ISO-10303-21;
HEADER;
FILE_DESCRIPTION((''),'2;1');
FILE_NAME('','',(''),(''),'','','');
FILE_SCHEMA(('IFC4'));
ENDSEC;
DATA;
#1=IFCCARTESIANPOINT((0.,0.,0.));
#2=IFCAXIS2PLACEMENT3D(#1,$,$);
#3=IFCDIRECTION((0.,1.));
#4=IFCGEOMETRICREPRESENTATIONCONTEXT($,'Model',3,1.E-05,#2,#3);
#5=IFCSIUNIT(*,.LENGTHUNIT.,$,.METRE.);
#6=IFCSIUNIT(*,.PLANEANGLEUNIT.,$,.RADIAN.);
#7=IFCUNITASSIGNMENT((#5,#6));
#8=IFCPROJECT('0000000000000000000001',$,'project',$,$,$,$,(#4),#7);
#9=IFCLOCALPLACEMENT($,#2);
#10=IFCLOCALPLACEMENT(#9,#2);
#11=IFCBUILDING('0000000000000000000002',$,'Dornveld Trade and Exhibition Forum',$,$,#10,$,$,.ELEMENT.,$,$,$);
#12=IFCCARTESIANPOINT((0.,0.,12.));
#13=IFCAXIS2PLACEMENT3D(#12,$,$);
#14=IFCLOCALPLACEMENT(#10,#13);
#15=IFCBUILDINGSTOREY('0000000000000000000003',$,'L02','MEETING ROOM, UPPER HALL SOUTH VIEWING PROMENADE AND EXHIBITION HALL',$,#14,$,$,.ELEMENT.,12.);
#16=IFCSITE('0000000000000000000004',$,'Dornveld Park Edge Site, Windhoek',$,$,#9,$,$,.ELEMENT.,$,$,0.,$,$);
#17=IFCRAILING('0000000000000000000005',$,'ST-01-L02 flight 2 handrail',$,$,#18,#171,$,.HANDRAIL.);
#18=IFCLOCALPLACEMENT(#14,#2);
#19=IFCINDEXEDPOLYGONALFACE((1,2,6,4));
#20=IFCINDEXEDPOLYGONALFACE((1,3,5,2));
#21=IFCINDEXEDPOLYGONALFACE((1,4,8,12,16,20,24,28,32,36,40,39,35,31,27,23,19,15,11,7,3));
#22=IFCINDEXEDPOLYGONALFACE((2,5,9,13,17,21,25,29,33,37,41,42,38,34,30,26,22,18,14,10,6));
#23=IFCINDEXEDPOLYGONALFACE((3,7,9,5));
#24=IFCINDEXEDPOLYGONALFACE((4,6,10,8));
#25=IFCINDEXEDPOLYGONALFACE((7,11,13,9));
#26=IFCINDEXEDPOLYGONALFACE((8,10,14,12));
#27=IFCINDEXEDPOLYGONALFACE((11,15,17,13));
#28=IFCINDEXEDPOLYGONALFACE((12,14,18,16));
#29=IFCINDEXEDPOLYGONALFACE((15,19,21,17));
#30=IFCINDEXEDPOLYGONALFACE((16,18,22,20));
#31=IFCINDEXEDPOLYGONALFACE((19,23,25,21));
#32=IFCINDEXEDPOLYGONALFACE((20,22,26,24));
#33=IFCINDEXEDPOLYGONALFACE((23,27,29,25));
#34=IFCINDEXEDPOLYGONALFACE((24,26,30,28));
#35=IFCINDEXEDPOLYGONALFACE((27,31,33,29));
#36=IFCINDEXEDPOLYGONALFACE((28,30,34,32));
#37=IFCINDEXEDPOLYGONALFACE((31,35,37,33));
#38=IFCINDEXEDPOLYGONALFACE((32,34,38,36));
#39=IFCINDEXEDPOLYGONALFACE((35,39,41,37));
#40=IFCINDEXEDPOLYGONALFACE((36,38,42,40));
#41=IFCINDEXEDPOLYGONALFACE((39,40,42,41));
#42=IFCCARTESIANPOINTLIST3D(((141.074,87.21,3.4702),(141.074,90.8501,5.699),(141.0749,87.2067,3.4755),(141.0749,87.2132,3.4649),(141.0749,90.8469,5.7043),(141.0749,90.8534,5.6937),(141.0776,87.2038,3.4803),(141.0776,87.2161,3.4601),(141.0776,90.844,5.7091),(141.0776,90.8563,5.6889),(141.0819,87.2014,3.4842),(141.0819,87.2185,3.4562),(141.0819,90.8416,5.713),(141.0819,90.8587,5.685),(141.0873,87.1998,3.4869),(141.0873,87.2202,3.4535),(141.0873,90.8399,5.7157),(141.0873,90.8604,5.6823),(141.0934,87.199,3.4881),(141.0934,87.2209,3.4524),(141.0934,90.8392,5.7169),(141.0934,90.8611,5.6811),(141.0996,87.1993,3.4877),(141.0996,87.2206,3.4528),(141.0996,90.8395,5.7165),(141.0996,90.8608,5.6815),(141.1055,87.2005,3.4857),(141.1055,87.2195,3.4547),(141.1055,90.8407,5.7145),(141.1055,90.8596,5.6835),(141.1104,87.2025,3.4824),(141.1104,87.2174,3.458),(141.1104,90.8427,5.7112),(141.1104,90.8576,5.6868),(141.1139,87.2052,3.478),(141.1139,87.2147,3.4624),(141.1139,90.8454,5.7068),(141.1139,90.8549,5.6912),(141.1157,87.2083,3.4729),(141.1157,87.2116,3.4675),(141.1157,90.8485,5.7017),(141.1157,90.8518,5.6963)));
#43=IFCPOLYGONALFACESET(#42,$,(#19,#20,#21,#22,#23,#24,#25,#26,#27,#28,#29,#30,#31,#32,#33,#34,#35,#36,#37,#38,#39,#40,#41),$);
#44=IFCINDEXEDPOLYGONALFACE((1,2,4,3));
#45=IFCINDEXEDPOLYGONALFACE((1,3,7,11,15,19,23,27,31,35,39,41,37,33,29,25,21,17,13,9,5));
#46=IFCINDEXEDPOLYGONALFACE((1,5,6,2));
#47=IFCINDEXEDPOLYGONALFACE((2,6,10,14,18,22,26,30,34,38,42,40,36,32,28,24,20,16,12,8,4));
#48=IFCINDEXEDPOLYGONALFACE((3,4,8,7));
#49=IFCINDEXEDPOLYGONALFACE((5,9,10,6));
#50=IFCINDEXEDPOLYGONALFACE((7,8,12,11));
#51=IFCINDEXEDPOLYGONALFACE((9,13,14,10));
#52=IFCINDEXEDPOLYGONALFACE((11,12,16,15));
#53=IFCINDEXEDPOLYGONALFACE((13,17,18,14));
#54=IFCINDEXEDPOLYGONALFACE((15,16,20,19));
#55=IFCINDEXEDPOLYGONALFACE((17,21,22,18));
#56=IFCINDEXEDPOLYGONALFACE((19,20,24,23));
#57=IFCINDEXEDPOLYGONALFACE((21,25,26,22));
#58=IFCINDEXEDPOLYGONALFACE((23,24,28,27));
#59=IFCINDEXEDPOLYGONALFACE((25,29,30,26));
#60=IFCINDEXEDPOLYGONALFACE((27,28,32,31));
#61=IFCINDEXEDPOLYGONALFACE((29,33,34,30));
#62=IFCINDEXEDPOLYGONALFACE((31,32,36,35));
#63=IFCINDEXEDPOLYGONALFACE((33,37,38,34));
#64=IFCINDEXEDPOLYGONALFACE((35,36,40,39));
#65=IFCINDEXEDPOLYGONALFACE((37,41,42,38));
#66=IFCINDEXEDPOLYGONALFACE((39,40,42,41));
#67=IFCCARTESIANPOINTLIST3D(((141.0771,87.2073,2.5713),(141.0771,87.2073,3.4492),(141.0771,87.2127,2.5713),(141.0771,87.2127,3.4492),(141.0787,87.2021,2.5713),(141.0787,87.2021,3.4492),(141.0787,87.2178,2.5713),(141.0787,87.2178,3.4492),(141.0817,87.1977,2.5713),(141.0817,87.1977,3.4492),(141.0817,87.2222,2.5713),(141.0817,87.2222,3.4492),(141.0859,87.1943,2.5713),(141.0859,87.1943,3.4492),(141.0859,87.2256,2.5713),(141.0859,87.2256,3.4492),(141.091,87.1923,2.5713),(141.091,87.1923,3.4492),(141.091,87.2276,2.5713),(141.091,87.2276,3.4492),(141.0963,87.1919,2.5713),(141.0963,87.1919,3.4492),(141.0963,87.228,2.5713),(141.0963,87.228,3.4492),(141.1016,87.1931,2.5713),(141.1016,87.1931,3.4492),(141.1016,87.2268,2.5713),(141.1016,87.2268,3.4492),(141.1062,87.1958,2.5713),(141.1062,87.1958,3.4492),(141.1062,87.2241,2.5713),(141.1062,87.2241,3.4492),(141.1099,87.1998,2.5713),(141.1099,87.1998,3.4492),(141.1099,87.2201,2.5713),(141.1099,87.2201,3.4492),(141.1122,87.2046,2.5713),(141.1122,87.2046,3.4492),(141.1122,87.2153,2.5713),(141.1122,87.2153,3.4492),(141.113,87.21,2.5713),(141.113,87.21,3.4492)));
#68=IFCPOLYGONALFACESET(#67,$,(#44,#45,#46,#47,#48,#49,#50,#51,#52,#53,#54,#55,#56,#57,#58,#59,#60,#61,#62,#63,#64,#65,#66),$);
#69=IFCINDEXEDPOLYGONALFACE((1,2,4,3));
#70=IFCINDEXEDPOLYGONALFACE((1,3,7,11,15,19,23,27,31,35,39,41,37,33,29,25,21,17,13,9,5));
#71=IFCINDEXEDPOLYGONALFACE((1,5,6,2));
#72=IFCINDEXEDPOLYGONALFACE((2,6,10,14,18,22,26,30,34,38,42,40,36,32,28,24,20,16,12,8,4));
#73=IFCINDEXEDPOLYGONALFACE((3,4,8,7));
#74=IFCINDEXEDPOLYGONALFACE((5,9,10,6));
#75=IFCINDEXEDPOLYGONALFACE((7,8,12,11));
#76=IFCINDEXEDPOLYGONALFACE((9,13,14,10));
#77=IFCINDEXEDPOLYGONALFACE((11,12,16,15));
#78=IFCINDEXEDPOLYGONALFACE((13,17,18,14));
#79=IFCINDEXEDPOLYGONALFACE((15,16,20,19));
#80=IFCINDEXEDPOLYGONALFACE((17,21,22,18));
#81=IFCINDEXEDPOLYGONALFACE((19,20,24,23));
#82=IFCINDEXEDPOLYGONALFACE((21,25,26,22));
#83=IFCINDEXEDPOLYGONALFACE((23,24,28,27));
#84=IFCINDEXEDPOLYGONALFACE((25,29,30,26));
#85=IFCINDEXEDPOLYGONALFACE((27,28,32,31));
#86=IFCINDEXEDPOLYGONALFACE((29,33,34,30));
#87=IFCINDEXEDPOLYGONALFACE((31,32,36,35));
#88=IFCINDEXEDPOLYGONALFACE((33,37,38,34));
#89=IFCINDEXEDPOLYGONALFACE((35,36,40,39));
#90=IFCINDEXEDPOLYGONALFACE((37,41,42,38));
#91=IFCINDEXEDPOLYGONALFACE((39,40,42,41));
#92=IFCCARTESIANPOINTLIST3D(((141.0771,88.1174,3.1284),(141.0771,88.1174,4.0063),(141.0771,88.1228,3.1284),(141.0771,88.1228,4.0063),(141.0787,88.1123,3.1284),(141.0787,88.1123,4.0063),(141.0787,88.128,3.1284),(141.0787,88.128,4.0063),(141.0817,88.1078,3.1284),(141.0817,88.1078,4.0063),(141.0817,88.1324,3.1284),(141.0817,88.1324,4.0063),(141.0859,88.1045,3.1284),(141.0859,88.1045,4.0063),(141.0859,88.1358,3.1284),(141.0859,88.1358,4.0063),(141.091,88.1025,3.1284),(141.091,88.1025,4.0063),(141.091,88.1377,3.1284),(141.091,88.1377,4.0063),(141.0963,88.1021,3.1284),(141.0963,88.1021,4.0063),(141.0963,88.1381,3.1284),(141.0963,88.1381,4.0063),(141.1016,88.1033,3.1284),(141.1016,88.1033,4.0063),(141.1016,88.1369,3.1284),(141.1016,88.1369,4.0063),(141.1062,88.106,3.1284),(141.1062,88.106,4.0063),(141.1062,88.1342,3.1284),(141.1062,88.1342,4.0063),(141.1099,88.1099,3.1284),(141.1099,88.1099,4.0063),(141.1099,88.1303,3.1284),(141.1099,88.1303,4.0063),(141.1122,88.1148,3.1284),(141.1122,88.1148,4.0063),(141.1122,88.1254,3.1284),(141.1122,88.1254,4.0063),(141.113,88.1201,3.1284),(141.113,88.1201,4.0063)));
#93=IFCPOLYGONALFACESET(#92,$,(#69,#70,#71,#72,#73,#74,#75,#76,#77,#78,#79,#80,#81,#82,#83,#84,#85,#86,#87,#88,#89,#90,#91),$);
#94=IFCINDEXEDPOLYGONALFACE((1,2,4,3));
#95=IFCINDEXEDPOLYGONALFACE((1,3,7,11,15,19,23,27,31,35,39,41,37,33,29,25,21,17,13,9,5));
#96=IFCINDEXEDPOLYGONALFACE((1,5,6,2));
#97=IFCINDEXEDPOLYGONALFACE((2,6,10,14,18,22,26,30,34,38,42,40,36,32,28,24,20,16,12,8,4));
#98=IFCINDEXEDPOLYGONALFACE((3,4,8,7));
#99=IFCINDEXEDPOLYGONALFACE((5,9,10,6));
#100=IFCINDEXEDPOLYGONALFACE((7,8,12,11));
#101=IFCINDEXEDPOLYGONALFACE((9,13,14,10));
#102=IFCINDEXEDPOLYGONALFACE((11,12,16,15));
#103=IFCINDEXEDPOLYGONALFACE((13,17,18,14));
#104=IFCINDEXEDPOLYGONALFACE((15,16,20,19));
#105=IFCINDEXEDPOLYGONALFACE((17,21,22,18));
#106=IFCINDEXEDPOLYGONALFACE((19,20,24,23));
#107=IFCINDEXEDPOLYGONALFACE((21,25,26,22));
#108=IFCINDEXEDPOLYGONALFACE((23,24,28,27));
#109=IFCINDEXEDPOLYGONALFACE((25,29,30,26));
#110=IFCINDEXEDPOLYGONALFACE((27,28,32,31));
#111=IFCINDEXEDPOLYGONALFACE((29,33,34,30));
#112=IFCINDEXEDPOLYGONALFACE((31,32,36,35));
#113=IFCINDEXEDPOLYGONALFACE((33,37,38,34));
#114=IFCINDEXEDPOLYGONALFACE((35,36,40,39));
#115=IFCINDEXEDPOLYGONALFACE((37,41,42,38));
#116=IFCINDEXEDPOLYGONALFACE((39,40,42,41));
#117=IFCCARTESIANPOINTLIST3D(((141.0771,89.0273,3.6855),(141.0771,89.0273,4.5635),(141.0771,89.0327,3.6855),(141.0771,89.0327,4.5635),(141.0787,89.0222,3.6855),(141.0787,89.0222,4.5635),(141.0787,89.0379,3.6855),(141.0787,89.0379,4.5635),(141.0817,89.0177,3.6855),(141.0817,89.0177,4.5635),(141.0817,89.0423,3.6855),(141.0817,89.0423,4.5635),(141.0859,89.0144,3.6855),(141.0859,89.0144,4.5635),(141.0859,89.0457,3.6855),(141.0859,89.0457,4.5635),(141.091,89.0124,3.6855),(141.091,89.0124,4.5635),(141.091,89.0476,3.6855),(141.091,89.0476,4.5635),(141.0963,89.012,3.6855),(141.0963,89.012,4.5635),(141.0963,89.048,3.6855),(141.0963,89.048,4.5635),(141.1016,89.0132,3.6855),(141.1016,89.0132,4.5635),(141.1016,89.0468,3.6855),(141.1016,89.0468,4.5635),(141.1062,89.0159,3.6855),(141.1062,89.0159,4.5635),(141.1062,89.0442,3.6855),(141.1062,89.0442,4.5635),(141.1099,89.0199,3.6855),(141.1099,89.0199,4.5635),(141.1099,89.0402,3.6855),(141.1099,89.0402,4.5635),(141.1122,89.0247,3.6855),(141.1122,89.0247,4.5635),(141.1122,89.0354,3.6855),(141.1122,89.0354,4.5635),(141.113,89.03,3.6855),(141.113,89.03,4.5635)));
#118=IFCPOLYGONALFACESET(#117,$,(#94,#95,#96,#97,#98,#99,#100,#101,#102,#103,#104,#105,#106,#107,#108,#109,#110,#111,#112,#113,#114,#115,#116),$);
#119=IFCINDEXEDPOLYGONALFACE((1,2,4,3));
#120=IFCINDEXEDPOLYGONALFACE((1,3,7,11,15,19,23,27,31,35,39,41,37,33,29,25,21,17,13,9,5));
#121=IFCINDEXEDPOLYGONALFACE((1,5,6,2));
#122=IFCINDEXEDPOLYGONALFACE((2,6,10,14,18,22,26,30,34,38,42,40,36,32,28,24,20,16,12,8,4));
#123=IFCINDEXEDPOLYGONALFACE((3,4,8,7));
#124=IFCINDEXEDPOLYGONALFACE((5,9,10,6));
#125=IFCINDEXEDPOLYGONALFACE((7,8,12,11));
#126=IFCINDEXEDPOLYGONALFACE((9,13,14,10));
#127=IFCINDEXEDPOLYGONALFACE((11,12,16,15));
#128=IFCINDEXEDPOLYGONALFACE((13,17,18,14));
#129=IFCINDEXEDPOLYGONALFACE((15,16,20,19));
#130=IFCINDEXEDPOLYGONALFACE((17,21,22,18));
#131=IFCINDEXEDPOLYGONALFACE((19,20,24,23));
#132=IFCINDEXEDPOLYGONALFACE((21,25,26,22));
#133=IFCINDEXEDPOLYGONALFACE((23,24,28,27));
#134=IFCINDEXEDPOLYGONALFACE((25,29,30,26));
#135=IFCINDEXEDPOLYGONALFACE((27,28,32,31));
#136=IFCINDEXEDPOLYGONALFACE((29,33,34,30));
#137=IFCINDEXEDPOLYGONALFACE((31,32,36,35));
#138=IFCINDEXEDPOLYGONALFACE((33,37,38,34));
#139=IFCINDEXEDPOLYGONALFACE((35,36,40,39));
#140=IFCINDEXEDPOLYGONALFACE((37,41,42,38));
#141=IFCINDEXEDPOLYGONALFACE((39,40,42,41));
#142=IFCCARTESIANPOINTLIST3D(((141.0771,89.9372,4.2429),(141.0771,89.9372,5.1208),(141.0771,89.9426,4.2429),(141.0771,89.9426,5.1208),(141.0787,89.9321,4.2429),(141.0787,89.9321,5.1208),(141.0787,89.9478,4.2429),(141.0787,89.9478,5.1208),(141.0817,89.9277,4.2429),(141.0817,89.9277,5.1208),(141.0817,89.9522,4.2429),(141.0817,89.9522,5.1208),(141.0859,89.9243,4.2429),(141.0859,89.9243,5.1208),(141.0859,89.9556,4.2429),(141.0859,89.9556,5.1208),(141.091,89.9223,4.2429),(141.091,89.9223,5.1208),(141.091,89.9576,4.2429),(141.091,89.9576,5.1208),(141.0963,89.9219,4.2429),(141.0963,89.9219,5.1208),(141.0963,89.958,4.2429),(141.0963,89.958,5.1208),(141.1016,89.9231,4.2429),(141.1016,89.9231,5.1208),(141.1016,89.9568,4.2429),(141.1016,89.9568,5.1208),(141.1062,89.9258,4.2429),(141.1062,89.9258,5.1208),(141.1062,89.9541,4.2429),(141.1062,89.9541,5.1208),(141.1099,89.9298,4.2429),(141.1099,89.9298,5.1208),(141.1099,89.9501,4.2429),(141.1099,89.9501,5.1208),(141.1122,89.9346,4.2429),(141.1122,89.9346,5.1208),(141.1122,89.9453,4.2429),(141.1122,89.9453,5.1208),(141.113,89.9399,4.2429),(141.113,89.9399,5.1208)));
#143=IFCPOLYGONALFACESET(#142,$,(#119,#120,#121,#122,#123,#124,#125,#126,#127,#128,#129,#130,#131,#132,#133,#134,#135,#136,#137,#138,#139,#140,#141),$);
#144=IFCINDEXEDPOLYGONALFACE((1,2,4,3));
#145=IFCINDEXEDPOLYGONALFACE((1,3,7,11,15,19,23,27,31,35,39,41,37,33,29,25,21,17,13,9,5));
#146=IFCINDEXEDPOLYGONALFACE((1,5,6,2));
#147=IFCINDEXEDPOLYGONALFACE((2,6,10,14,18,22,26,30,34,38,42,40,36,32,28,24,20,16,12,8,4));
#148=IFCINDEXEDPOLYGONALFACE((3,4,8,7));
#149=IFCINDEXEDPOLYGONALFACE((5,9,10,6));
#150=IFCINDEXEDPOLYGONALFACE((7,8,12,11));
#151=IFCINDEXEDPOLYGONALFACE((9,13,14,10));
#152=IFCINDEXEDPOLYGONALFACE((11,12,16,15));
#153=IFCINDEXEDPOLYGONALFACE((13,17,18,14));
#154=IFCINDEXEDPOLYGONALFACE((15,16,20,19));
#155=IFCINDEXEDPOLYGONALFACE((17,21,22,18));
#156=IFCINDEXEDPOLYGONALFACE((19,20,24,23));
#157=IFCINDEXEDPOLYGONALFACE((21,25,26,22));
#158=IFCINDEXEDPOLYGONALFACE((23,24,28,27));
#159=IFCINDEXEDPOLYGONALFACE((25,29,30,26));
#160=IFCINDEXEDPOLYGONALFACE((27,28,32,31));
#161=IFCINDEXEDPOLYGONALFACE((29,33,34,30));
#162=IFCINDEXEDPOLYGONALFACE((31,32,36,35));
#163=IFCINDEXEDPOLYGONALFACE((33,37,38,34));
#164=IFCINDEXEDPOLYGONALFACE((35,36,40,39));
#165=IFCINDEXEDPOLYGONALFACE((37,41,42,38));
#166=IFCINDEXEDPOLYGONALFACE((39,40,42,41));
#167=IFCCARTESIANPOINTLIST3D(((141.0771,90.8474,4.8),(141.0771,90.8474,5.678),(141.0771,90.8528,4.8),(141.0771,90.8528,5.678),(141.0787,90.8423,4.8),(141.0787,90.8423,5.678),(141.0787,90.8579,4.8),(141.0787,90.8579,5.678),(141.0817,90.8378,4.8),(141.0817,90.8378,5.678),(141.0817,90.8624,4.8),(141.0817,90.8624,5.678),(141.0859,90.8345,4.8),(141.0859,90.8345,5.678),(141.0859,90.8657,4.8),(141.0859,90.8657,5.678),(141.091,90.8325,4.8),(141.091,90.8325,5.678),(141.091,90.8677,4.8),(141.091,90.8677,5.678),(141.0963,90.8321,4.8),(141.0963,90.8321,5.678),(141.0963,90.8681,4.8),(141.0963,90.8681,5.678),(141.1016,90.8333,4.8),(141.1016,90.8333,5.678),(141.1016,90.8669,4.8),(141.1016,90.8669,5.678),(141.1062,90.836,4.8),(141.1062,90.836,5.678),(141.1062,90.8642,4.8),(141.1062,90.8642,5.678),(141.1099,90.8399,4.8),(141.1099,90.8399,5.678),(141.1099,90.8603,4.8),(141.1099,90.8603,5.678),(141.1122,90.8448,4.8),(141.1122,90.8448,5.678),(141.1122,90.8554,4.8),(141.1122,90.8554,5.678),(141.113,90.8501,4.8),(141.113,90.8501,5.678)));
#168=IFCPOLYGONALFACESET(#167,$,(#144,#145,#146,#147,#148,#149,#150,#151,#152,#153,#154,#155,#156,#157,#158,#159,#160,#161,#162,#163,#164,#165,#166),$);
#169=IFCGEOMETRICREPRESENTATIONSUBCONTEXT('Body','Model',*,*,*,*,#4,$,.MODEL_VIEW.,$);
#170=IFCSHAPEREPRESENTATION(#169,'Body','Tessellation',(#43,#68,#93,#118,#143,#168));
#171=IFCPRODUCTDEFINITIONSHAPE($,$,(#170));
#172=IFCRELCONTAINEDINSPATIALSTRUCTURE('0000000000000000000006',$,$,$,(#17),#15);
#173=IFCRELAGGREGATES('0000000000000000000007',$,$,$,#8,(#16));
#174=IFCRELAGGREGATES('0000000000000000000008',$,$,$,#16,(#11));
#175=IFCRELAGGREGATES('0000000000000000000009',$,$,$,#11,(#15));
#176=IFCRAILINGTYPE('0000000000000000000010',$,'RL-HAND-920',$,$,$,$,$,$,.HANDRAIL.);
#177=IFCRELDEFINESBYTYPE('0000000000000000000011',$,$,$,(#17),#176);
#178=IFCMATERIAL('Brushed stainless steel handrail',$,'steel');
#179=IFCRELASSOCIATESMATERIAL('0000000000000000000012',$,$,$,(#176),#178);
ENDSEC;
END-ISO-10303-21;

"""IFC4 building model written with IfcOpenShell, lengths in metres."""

from ifc_helpers import new_model, si_unit, direction, frame, origin, origin_2d, place, context, subcontext, project, spatial, circle, extrude, material, type_object, element, save


model = new_model("IFC4")

# Units and contexts
model_context = context("Model", 3, precision=1e-05, world=origin(), true_north=direction((0.0, 1.0)))
body_context = subcontext(model_context, "Body", "Model", "MODEL_VIEW")
ifc_project = project(units=[si_unit("LENGTHUNIT", "METRE"), si_unit("PLANEANGLEUNIT", "RADIAN")], contexts=[model_context])

# Site, building, storey
site_placement = place(None, origin())
site = spatial("IfcSite", under=ifc_project, at=site_placement, Name="Dornveld Park Edge Site, Windhoek", CompositionType="ELEMENT", RefElevation=0.0)
building_placement = place(site_placement, origin())
building = spatial("IfcBuilding", under=site, at=building_placement, Name="Dornveld Trade and Exhibition Forum", CompositionType="ELEMENT")
storey_placement = place(building_placement, frame((0.0, 0.0, 12.0)))
storey = spatial("IfcBuildingStorey", under=building, at=storey_placement, Name="L02", Description="MEETING ROOM, UPPER HALL SOUTH VIEWING PROMENADE AND EXHIBITION HALL", CompositionType="ELEMENT", Elevation=12.0)

# Railing
ifc_material_1 = material(Name="Brushed stainless steel handrail", Category="steel")
railing_type_1 = type_object("IfcRailingType", Name="RL-HAND-920", PredefinedType="HANDRAIL", material=ifc_material_1)
railing_1_placement = place(storey_placement, frame((141.095, 87.21, 2.5713)))
element("IfcRailing", 1, at=railing_1_placement, inside=storey, type_object=railing_type_1, Name="ST-01-L02 flight 2 handrail", PredefinedType="HANDRAIL", context=body_context, shape_type="SweptSolid", body=[
    extrude(circle(Radius=0.021, at=origin_2d()), frame((0.0, 0.0, 0.8989), z_axis=(0.0, 0.85284, 0.522172), x_axis=(-1.0, 0.0, 0.0)), (0.0, 0.0, 1.0), 4.2683),
    extrude(circle(Radius=0.0181, at=origin_2d()), origin(), (0.0, 0.0, 1.0), 0.8779),
    extrude(circle(Radius=0.0181, at=origin_2d()), frame((0.0, 0.9102, 0.5571)), (0.0, 0.0, 1.0), 0.8779),
    extrude(circle(Radius=0.0181, at=origin_2d()), frame((0.0, 1.8201, 1.1143)), (0.0, 0.0, 1.0), 0.8779),
    extrude(circle(Radius=0.0181, at=origin_2d()), frame((0.0, 2.73, 1.6716)), (0.0, 0.0, 1.0), 0.8779),
    extrude(circle(Radius=0.0181, at=origin_2d()), frame((0.0, 3.6401, 2.2288)), (0.0, 0.0, 1.0), 0.8779),
])

save(model, "model.ifc")
